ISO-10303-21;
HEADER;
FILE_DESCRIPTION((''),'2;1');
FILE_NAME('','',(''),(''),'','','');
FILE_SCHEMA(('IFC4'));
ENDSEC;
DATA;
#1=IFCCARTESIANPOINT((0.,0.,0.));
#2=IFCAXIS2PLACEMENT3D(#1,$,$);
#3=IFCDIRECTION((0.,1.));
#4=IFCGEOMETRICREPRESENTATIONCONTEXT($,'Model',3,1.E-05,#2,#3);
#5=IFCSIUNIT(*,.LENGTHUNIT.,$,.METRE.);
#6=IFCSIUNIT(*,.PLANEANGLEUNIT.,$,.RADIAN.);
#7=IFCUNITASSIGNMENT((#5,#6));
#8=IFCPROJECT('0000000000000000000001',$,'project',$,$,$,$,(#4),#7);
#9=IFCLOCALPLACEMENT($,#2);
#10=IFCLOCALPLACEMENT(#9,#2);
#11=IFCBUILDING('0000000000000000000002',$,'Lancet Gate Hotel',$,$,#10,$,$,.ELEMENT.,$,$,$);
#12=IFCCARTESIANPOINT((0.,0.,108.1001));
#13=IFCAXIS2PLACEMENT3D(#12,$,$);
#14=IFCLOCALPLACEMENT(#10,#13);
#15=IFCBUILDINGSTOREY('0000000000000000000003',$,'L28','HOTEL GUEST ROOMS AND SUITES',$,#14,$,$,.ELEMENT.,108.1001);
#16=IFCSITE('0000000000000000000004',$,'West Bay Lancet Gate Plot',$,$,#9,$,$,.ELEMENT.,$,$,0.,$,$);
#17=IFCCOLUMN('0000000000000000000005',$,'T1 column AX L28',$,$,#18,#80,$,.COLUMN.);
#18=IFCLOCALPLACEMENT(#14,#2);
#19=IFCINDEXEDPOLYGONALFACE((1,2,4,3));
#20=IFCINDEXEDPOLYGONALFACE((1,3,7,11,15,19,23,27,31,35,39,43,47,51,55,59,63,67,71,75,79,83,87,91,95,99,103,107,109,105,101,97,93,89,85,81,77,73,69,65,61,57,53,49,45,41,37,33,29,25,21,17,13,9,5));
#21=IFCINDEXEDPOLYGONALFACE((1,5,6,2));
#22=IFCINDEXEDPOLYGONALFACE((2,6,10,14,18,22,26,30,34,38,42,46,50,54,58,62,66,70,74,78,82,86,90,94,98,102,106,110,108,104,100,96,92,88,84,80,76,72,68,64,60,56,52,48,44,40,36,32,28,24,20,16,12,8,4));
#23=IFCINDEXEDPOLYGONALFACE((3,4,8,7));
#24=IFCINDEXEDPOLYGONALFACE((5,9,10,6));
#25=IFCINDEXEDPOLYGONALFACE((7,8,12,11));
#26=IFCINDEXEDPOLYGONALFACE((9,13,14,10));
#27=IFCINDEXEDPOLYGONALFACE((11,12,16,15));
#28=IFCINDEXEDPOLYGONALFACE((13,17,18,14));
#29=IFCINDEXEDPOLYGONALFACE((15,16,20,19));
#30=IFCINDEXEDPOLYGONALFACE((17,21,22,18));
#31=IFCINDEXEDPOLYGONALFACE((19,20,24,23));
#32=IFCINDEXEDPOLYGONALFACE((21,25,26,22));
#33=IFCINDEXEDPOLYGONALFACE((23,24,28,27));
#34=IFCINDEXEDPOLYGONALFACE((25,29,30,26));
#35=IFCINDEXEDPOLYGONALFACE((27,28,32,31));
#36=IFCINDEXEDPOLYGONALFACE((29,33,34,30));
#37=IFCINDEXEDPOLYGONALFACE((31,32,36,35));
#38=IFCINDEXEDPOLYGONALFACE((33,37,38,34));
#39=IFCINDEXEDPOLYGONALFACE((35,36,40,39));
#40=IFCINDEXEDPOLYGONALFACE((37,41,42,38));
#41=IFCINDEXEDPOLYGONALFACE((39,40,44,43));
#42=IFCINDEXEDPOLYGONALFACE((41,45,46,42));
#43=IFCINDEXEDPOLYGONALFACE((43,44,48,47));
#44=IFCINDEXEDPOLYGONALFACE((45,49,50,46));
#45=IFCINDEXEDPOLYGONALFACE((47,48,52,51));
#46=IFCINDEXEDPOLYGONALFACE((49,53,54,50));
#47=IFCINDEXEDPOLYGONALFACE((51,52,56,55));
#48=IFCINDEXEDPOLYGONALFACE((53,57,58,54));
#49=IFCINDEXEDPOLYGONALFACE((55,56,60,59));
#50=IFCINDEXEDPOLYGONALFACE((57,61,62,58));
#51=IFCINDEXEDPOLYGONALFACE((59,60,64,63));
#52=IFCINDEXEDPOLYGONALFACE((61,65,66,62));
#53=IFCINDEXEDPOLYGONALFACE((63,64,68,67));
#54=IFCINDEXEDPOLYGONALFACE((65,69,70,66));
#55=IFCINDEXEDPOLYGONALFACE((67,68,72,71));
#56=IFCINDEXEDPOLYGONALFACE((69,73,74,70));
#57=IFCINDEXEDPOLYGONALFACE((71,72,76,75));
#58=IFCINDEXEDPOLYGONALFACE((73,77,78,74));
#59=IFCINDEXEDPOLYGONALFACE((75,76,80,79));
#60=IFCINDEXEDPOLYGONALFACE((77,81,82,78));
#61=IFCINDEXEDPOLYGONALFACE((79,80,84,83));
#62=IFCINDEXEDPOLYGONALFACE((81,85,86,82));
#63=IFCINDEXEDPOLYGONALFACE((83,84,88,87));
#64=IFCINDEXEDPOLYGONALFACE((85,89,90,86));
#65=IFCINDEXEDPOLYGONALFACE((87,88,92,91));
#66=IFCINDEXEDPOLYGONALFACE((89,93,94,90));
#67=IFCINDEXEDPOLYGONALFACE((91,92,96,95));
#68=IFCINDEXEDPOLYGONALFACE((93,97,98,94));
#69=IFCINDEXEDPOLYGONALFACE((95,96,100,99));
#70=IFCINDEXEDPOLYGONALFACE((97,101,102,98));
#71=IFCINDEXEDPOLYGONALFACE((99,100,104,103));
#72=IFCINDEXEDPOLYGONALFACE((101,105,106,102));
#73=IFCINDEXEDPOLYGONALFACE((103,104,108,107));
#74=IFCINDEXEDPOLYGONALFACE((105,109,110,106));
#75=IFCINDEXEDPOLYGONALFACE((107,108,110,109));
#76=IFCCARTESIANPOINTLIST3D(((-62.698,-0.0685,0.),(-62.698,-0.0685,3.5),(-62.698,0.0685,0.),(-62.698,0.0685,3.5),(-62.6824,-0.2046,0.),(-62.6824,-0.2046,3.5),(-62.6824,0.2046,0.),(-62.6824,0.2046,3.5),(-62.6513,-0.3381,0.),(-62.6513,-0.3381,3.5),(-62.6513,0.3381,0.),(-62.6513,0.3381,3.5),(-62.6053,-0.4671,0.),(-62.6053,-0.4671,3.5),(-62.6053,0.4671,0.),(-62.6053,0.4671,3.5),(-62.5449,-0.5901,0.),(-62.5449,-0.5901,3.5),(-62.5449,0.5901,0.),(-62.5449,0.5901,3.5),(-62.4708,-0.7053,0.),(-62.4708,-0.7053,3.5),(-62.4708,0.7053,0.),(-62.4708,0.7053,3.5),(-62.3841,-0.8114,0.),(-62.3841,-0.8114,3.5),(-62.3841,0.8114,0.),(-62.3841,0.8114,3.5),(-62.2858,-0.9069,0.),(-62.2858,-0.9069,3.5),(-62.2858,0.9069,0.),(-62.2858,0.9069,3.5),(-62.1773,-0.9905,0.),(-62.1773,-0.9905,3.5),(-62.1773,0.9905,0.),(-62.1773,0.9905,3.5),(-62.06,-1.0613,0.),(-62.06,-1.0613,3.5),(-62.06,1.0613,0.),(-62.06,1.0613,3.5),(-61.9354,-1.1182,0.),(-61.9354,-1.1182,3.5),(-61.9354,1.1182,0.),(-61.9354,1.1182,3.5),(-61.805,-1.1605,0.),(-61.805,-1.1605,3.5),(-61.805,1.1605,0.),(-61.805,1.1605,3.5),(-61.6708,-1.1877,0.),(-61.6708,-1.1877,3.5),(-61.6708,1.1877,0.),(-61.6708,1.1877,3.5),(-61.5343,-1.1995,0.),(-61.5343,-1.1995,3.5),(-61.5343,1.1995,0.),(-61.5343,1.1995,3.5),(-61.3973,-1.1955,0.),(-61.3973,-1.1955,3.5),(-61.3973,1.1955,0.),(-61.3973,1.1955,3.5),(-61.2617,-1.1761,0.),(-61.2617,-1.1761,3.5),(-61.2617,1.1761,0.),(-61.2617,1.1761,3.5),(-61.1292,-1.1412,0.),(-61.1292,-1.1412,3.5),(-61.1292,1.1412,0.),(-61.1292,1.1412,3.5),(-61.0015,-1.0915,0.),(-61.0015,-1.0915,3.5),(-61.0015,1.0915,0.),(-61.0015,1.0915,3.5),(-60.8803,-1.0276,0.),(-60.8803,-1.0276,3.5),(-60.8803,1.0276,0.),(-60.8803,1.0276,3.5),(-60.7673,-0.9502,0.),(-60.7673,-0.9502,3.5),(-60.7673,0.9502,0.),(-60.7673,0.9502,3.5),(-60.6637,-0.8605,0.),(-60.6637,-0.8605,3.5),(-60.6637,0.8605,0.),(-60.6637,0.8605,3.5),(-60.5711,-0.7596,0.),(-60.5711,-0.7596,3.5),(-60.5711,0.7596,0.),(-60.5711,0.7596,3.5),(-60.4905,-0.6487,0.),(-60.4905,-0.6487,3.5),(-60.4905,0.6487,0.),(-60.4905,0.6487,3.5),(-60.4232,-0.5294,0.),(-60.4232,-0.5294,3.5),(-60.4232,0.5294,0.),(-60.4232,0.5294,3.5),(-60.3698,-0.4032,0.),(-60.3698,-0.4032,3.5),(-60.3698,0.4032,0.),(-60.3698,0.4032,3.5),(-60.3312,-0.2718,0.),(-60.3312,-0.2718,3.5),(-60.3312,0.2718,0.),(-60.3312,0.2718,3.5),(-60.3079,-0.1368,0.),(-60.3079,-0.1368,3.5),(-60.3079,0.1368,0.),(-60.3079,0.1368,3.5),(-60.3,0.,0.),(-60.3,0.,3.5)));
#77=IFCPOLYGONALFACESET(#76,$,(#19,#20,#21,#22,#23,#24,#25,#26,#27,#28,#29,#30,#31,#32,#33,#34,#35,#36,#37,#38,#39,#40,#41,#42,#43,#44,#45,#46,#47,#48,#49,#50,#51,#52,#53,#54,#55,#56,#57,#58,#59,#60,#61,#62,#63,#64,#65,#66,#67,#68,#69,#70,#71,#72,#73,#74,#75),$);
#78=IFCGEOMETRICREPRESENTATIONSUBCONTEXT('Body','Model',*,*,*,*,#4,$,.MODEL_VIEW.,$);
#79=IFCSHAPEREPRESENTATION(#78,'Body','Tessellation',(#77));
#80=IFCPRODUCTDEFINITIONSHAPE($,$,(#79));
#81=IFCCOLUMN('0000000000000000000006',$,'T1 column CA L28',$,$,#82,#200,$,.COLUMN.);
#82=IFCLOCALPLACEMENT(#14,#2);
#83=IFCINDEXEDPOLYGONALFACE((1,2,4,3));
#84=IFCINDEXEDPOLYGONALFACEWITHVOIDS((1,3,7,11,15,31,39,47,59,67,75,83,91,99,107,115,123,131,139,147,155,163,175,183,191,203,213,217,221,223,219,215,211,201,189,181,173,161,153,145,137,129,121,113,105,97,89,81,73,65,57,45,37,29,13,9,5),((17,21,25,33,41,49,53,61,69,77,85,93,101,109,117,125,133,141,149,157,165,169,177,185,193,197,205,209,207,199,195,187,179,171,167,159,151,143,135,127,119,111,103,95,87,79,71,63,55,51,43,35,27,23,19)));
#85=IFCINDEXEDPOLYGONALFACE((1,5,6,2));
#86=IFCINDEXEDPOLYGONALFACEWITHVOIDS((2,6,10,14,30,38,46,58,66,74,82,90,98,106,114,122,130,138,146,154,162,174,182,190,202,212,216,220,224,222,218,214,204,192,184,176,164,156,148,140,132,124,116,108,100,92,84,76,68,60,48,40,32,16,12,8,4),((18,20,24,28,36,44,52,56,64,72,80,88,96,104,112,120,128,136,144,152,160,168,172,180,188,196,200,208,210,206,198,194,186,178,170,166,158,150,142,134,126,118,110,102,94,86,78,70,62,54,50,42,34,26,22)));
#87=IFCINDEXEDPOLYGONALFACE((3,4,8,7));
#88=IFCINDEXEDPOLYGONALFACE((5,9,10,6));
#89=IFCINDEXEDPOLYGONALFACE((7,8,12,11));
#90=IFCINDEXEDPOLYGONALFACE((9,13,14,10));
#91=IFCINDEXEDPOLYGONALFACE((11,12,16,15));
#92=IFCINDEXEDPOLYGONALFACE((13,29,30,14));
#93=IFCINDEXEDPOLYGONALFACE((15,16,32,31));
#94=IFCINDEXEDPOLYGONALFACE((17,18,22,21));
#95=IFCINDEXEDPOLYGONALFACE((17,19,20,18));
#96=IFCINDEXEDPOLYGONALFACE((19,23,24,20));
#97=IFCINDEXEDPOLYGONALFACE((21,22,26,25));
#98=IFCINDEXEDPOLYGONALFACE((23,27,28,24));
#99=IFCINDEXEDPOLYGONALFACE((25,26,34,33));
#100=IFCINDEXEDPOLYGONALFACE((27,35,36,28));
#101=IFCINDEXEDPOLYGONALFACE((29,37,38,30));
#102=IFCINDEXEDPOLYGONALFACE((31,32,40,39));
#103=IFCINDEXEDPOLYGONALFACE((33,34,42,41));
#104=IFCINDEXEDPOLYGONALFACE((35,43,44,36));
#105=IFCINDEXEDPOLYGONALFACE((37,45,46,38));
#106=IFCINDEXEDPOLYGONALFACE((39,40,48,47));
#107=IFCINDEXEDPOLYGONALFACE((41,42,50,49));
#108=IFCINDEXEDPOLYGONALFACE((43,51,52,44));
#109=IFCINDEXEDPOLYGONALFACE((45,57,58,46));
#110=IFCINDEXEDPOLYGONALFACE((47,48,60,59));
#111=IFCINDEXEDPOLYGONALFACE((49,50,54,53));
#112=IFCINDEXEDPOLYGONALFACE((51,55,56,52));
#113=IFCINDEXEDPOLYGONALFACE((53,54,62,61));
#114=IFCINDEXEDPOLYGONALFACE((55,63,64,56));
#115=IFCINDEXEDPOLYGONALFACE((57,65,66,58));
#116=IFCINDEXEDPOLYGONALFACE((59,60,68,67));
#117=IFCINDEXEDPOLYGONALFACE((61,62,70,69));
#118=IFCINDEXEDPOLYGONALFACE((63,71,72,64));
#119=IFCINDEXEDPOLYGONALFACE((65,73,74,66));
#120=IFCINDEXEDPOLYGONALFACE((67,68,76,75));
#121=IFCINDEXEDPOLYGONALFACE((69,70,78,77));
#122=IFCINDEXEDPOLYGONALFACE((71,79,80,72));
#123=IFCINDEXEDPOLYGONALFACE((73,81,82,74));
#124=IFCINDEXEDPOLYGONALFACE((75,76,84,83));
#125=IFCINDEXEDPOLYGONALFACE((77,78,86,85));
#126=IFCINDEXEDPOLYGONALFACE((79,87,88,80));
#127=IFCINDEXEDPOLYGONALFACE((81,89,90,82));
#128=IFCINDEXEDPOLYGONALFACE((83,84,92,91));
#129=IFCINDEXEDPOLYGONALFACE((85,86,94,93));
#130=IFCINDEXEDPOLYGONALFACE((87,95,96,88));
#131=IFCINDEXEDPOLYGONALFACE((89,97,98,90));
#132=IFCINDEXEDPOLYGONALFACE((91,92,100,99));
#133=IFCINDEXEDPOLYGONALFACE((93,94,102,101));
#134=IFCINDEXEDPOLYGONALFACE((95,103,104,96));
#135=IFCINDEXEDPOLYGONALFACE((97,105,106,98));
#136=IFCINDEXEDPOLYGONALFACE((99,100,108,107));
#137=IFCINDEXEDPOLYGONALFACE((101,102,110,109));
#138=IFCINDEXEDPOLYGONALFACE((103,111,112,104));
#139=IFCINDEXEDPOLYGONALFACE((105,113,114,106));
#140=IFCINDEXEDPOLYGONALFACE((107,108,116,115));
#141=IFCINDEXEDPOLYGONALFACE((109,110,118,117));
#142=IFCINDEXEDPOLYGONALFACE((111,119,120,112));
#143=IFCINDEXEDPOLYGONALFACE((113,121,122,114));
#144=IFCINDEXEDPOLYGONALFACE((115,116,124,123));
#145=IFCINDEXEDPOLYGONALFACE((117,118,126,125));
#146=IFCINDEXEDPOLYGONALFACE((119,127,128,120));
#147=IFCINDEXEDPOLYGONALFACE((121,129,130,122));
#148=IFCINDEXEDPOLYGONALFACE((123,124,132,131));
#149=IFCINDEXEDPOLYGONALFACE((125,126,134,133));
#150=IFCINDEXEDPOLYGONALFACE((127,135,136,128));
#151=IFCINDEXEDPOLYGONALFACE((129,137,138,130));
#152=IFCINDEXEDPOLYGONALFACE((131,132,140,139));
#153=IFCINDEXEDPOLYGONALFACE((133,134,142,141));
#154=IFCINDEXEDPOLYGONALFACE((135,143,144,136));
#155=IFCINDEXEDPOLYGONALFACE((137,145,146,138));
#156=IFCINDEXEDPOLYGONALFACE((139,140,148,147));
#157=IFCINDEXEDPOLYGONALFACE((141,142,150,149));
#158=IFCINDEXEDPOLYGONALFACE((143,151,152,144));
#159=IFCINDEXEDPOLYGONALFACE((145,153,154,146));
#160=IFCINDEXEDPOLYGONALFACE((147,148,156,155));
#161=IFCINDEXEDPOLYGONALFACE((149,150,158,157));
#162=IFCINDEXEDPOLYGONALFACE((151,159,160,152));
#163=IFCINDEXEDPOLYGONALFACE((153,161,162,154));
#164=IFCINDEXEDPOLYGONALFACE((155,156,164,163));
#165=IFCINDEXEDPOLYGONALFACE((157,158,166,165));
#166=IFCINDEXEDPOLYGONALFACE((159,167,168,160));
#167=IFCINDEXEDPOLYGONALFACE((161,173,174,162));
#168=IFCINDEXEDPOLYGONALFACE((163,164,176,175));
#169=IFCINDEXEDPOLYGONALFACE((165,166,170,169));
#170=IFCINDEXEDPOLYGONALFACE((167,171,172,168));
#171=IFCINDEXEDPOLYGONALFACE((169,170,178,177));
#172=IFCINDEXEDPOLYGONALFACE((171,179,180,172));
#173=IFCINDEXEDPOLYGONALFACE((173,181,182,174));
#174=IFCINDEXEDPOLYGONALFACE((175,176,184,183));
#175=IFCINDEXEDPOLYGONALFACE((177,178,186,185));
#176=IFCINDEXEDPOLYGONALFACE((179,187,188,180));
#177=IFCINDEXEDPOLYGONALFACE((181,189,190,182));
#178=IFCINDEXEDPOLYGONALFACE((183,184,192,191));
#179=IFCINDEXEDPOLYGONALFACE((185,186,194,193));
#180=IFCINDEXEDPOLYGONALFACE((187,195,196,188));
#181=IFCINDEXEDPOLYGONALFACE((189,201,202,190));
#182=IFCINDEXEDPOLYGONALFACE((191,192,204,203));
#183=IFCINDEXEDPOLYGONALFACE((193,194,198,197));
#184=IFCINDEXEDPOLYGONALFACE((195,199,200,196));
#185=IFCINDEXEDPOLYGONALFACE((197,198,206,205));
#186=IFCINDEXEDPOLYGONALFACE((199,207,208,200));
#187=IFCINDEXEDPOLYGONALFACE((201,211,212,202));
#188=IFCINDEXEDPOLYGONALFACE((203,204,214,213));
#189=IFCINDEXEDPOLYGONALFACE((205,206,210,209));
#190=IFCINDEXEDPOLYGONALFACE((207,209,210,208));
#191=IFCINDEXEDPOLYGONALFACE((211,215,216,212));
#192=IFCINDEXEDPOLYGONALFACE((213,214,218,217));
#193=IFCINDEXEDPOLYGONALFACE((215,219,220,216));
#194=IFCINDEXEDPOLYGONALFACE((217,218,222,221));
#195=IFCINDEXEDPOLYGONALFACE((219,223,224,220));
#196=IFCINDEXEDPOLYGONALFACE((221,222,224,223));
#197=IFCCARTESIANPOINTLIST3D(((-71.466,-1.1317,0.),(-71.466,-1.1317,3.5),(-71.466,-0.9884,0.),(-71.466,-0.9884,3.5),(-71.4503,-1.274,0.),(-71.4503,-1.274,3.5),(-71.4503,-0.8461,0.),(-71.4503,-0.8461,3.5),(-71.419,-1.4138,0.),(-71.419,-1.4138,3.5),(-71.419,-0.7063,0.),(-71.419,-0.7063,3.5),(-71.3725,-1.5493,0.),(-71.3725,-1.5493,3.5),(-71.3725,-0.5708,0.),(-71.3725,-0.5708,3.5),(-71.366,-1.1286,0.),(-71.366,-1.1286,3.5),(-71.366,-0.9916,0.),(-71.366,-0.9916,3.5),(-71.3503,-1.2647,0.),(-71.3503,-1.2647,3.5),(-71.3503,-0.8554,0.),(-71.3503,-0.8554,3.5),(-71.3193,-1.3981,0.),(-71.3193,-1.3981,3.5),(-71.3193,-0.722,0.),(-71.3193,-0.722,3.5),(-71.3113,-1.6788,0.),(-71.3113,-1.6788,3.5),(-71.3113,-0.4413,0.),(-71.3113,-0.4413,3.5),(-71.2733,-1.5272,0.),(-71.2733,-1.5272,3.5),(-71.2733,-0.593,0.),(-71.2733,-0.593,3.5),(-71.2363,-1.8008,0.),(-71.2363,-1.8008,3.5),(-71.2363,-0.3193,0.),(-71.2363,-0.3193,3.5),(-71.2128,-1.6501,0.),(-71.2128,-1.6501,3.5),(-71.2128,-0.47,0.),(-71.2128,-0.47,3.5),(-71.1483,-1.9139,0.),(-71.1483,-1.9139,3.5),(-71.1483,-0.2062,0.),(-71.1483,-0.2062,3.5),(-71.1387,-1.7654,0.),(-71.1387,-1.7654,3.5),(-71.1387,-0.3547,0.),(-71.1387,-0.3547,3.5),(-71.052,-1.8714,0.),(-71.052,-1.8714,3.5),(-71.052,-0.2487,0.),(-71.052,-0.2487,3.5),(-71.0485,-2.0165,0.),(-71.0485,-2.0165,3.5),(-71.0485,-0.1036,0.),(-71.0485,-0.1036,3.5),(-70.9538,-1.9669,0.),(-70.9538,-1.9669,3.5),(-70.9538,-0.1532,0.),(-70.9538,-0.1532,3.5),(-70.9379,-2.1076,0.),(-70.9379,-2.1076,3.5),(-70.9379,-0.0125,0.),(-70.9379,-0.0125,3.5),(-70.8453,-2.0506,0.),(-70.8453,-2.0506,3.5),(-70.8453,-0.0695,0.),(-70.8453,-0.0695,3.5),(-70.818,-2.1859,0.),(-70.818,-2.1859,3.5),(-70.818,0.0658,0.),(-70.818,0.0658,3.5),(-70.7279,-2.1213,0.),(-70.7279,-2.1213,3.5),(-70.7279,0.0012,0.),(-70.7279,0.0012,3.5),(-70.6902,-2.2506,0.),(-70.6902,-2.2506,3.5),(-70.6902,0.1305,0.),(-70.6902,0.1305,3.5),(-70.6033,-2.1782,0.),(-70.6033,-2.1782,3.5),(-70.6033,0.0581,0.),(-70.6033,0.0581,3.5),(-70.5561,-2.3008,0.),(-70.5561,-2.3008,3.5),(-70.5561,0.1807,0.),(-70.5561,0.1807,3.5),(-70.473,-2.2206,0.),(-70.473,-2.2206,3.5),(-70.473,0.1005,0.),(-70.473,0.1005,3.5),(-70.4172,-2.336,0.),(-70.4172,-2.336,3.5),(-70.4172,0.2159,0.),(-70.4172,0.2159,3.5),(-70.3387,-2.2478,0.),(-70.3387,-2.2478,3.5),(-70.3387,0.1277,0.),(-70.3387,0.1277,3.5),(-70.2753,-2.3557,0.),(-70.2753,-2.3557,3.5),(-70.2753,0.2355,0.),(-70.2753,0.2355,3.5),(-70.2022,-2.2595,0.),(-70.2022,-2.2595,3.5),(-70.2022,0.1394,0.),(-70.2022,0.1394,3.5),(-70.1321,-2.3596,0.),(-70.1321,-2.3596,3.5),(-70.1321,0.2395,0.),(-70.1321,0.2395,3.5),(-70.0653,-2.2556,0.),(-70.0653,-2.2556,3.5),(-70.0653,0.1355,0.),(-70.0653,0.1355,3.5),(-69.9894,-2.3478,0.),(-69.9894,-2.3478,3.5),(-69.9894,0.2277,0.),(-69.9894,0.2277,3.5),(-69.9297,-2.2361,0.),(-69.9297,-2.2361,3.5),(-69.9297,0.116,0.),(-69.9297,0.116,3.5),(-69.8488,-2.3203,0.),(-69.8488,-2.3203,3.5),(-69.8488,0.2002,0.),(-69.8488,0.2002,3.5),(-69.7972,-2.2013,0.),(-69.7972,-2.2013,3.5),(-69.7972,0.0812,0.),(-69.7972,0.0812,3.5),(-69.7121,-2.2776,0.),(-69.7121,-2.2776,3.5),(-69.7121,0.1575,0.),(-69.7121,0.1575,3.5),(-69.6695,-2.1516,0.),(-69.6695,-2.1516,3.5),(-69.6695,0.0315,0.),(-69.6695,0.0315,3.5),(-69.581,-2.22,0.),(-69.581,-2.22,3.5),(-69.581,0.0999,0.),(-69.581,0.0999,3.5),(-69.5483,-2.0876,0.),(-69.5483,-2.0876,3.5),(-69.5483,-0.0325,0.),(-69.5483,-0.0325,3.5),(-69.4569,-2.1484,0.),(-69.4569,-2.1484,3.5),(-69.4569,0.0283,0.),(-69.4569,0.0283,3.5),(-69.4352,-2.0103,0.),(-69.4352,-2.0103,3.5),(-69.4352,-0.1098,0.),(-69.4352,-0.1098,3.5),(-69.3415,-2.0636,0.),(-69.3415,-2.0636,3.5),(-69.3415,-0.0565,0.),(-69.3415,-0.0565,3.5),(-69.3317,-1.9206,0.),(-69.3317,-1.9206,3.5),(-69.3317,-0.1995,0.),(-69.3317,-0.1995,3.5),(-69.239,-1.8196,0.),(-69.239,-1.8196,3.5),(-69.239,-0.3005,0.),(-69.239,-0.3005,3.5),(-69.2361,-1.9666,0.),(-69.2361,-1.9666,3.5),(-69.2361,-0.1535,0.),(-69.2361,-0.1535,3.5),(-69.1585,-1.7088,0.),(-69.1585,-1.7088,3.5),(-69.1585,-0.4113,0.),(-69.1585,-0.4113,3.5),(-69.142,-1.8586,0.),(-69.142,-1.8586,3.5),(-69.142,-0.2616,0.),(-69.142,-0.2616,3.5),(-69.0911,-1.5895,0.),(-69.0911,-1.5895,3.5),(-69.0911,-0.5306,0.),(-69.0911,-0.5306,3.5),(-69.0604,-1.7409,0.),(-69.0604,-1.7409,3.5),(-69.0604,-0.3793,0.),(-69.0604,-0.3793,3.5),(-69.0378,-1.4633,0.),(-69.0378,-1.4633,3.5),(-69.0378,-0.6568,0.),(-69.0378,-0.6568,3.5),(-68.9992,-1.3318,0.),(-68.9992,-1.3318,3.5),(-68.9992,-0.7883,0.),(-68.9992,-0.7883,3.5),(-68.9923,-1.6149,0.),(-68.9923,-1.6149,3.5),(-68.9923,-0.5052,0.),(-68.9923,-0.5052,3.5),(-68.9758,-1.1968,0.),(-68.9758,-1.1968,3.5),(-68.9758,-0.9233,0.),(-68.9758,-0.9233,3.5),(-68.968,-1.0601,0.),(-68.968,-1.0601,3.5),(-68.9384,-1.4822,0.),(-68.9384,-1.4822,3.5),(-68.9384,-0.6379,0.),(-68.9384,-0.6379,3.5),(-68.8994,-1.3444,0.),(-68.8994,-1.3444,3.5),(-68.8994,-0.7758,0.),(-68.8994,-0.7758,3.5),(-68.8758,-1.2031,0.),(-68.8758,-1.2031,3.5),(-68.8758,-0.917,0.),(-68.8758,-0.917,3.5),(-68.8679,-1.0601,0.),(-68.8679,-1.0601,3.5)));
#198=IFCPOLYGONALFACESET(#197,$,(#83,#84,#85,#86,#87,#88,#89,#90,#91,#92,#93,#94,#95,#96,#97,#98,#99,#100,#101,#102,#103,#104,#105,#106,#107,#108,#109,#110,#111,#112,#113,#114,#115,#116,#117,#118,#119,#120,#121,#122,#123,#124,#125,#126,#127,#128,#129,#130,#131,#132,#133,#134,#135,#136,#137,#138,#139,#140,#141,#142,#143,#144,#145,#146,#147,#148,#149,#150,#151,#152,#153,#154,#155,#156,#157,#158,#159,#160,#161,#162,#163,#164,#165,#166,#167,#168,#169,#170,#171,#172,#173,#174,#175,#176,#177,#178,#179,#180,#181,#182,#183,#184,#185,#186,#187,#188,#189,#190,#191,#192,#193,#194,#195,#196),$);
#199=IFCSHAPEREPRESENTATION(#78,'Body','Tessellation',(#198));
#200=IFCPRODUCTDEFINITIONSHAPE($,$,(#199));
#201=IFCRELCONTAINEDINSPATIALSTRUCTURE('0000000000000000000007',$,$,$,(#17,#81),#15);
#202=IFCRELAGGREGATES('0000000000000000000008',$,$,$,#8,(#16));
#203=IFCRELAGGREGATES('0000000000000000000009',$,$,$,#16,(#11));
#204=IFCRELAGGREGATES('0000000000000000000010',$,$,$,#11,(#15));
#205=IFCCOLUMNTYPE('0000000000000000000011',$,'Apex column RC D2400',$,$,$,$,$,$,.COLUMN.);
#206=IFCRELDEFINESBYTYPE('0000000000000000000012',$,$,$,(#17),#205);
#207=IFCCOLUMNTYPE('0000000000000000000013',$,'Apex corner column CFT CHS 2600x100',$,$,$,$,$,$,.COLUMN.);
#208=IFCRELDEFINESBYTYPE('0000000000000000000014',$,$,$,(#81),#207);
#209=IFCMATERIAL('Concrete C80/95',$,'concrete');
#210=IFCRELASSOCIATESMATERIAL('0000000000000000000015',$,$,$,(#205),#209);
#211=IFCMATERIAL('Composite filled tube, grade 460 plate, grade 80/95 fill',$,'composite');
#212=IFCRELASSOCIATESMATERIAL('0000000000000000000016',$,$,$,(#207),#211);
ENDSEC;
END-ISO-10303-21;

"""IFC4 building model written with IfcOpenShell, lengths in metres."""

from ifc_helpers import new_model, si_unit, direction, frame, origin, origin_2d, place, context, subcontext, project, spatial, circle, hollow_circle, extrude, material, material_profile, profile_set, type_object, element, save


model = new_model("IFC4")

# Units and contexts
model_context = context("Model", 3, precision=1e-05, world=origin(), true_north=direction((0.0, 1.0)))
body_context = subcontext(model_context, "Body", "Model", "MODEL_VIEW")
ifc_project = project(units=[si_unit("LENGTHUNIT", "METRE"), si_unit("PLANEANGLEUNIT", "RADIAN")], contexts=[model_context])

# Site, building, storey
site_placement = place(None, origin())
site = spatial("IfcSite", under=ifc_project, at=site_placement, Name="West Bay Lancet Gate Plot", CompositionType="ELEMENT", RefElevation=0.0)
building_placement = place(site_placement, origin())
building = spatial("IfcBuilding", under=site, at=building_placement, Name="Lancet Gate Hotel", CompositionType="ELEMENT")
storey_placement = place(building_placement, frame((0.0, 0.0, 108.1001)))
storey = spatial("IfcBuildingStorey", under=building, at=storey_placement, Name="L28", Description="HOTEL GUEST ROOMS AND SUITES", CompositionType="ELEMENT", Elevation=108.1001)

# Columns
ifc_material_1 = material(Name="Concrete C80/95", Category="concrete")
ifc_material_profile_1 = material_profile(ifc_material_1, circle(Radius=1.2, at=origin_2d()), Name="RC D2400")
ifc_profile_set_1 = profile_set([ifc_material_profile_1], Name="Concrete C80/95")
column_type_1 = type_object("IfcColumnType", Name="Apex column RC D2400", PredefinedType="COLUMN", material=ifc_profile_set_1)
column_1_placement = place(storey_placement, frame((-61.5, 0.0, 0.0), z_axis=(0.0, 0.0, 1.0), x_axis=(1.0, 0.0, 0.0)))
element("IfcColumn", 1, at=column_1_placement, inside=storey, type_object=column_type_1, Name="T1 column AX L28", PredefinedType="COLUMN", context=body_context, shape_type="SweptSolid", body=[
    extrude(circle(Radius=1.2, at=origin_2d()), origin(), (0.0, 0.0, 1.0), 3.5),
])
ifc_material_2 = material(Name="Composite filled tube, grade 460 plate, grade 80/95 fill", Category="composite")
ifc_material_profile_2 = material_profile(ifc_material_2, hollow_circle(Radius=1.3, WallThickness=0.1001, at=origin_2d()), Name="CHS 2600x100")
ifc_profile_set_2 = profile_set([ifc_material_profile_2], Name="Composite filled tube, grade 460 plate, grade 80/95 fill")
column_type_2 = type_object("IfcColumnType", Name="Apex corner column CFT CHS 2600x100", PredefinedType="COLUMN", material=ifc_profile_set_2)
column_2_placement = place(storey_placement, frame((-70.168, -1.0601, 0.0), z_axis=(0.0, 0.0, 1.0), x_axis=(1.0, 0.0, 0.0)))
element("IfcColumn", 2, at=column_2_placement, inside=storey, type_object=column_type_2, Name="T1 column CA L28", PredefinedType="COLUMN", context=body_context, shape_type="SweptSolid", body=[
    extrude(hollow_circle(Radius=1.3, WallThickness=0.1001, at=origin_2d()), origin(), (0.0, 0.0, 1.0), 3.5),
])

save(model, "model.ifc")
